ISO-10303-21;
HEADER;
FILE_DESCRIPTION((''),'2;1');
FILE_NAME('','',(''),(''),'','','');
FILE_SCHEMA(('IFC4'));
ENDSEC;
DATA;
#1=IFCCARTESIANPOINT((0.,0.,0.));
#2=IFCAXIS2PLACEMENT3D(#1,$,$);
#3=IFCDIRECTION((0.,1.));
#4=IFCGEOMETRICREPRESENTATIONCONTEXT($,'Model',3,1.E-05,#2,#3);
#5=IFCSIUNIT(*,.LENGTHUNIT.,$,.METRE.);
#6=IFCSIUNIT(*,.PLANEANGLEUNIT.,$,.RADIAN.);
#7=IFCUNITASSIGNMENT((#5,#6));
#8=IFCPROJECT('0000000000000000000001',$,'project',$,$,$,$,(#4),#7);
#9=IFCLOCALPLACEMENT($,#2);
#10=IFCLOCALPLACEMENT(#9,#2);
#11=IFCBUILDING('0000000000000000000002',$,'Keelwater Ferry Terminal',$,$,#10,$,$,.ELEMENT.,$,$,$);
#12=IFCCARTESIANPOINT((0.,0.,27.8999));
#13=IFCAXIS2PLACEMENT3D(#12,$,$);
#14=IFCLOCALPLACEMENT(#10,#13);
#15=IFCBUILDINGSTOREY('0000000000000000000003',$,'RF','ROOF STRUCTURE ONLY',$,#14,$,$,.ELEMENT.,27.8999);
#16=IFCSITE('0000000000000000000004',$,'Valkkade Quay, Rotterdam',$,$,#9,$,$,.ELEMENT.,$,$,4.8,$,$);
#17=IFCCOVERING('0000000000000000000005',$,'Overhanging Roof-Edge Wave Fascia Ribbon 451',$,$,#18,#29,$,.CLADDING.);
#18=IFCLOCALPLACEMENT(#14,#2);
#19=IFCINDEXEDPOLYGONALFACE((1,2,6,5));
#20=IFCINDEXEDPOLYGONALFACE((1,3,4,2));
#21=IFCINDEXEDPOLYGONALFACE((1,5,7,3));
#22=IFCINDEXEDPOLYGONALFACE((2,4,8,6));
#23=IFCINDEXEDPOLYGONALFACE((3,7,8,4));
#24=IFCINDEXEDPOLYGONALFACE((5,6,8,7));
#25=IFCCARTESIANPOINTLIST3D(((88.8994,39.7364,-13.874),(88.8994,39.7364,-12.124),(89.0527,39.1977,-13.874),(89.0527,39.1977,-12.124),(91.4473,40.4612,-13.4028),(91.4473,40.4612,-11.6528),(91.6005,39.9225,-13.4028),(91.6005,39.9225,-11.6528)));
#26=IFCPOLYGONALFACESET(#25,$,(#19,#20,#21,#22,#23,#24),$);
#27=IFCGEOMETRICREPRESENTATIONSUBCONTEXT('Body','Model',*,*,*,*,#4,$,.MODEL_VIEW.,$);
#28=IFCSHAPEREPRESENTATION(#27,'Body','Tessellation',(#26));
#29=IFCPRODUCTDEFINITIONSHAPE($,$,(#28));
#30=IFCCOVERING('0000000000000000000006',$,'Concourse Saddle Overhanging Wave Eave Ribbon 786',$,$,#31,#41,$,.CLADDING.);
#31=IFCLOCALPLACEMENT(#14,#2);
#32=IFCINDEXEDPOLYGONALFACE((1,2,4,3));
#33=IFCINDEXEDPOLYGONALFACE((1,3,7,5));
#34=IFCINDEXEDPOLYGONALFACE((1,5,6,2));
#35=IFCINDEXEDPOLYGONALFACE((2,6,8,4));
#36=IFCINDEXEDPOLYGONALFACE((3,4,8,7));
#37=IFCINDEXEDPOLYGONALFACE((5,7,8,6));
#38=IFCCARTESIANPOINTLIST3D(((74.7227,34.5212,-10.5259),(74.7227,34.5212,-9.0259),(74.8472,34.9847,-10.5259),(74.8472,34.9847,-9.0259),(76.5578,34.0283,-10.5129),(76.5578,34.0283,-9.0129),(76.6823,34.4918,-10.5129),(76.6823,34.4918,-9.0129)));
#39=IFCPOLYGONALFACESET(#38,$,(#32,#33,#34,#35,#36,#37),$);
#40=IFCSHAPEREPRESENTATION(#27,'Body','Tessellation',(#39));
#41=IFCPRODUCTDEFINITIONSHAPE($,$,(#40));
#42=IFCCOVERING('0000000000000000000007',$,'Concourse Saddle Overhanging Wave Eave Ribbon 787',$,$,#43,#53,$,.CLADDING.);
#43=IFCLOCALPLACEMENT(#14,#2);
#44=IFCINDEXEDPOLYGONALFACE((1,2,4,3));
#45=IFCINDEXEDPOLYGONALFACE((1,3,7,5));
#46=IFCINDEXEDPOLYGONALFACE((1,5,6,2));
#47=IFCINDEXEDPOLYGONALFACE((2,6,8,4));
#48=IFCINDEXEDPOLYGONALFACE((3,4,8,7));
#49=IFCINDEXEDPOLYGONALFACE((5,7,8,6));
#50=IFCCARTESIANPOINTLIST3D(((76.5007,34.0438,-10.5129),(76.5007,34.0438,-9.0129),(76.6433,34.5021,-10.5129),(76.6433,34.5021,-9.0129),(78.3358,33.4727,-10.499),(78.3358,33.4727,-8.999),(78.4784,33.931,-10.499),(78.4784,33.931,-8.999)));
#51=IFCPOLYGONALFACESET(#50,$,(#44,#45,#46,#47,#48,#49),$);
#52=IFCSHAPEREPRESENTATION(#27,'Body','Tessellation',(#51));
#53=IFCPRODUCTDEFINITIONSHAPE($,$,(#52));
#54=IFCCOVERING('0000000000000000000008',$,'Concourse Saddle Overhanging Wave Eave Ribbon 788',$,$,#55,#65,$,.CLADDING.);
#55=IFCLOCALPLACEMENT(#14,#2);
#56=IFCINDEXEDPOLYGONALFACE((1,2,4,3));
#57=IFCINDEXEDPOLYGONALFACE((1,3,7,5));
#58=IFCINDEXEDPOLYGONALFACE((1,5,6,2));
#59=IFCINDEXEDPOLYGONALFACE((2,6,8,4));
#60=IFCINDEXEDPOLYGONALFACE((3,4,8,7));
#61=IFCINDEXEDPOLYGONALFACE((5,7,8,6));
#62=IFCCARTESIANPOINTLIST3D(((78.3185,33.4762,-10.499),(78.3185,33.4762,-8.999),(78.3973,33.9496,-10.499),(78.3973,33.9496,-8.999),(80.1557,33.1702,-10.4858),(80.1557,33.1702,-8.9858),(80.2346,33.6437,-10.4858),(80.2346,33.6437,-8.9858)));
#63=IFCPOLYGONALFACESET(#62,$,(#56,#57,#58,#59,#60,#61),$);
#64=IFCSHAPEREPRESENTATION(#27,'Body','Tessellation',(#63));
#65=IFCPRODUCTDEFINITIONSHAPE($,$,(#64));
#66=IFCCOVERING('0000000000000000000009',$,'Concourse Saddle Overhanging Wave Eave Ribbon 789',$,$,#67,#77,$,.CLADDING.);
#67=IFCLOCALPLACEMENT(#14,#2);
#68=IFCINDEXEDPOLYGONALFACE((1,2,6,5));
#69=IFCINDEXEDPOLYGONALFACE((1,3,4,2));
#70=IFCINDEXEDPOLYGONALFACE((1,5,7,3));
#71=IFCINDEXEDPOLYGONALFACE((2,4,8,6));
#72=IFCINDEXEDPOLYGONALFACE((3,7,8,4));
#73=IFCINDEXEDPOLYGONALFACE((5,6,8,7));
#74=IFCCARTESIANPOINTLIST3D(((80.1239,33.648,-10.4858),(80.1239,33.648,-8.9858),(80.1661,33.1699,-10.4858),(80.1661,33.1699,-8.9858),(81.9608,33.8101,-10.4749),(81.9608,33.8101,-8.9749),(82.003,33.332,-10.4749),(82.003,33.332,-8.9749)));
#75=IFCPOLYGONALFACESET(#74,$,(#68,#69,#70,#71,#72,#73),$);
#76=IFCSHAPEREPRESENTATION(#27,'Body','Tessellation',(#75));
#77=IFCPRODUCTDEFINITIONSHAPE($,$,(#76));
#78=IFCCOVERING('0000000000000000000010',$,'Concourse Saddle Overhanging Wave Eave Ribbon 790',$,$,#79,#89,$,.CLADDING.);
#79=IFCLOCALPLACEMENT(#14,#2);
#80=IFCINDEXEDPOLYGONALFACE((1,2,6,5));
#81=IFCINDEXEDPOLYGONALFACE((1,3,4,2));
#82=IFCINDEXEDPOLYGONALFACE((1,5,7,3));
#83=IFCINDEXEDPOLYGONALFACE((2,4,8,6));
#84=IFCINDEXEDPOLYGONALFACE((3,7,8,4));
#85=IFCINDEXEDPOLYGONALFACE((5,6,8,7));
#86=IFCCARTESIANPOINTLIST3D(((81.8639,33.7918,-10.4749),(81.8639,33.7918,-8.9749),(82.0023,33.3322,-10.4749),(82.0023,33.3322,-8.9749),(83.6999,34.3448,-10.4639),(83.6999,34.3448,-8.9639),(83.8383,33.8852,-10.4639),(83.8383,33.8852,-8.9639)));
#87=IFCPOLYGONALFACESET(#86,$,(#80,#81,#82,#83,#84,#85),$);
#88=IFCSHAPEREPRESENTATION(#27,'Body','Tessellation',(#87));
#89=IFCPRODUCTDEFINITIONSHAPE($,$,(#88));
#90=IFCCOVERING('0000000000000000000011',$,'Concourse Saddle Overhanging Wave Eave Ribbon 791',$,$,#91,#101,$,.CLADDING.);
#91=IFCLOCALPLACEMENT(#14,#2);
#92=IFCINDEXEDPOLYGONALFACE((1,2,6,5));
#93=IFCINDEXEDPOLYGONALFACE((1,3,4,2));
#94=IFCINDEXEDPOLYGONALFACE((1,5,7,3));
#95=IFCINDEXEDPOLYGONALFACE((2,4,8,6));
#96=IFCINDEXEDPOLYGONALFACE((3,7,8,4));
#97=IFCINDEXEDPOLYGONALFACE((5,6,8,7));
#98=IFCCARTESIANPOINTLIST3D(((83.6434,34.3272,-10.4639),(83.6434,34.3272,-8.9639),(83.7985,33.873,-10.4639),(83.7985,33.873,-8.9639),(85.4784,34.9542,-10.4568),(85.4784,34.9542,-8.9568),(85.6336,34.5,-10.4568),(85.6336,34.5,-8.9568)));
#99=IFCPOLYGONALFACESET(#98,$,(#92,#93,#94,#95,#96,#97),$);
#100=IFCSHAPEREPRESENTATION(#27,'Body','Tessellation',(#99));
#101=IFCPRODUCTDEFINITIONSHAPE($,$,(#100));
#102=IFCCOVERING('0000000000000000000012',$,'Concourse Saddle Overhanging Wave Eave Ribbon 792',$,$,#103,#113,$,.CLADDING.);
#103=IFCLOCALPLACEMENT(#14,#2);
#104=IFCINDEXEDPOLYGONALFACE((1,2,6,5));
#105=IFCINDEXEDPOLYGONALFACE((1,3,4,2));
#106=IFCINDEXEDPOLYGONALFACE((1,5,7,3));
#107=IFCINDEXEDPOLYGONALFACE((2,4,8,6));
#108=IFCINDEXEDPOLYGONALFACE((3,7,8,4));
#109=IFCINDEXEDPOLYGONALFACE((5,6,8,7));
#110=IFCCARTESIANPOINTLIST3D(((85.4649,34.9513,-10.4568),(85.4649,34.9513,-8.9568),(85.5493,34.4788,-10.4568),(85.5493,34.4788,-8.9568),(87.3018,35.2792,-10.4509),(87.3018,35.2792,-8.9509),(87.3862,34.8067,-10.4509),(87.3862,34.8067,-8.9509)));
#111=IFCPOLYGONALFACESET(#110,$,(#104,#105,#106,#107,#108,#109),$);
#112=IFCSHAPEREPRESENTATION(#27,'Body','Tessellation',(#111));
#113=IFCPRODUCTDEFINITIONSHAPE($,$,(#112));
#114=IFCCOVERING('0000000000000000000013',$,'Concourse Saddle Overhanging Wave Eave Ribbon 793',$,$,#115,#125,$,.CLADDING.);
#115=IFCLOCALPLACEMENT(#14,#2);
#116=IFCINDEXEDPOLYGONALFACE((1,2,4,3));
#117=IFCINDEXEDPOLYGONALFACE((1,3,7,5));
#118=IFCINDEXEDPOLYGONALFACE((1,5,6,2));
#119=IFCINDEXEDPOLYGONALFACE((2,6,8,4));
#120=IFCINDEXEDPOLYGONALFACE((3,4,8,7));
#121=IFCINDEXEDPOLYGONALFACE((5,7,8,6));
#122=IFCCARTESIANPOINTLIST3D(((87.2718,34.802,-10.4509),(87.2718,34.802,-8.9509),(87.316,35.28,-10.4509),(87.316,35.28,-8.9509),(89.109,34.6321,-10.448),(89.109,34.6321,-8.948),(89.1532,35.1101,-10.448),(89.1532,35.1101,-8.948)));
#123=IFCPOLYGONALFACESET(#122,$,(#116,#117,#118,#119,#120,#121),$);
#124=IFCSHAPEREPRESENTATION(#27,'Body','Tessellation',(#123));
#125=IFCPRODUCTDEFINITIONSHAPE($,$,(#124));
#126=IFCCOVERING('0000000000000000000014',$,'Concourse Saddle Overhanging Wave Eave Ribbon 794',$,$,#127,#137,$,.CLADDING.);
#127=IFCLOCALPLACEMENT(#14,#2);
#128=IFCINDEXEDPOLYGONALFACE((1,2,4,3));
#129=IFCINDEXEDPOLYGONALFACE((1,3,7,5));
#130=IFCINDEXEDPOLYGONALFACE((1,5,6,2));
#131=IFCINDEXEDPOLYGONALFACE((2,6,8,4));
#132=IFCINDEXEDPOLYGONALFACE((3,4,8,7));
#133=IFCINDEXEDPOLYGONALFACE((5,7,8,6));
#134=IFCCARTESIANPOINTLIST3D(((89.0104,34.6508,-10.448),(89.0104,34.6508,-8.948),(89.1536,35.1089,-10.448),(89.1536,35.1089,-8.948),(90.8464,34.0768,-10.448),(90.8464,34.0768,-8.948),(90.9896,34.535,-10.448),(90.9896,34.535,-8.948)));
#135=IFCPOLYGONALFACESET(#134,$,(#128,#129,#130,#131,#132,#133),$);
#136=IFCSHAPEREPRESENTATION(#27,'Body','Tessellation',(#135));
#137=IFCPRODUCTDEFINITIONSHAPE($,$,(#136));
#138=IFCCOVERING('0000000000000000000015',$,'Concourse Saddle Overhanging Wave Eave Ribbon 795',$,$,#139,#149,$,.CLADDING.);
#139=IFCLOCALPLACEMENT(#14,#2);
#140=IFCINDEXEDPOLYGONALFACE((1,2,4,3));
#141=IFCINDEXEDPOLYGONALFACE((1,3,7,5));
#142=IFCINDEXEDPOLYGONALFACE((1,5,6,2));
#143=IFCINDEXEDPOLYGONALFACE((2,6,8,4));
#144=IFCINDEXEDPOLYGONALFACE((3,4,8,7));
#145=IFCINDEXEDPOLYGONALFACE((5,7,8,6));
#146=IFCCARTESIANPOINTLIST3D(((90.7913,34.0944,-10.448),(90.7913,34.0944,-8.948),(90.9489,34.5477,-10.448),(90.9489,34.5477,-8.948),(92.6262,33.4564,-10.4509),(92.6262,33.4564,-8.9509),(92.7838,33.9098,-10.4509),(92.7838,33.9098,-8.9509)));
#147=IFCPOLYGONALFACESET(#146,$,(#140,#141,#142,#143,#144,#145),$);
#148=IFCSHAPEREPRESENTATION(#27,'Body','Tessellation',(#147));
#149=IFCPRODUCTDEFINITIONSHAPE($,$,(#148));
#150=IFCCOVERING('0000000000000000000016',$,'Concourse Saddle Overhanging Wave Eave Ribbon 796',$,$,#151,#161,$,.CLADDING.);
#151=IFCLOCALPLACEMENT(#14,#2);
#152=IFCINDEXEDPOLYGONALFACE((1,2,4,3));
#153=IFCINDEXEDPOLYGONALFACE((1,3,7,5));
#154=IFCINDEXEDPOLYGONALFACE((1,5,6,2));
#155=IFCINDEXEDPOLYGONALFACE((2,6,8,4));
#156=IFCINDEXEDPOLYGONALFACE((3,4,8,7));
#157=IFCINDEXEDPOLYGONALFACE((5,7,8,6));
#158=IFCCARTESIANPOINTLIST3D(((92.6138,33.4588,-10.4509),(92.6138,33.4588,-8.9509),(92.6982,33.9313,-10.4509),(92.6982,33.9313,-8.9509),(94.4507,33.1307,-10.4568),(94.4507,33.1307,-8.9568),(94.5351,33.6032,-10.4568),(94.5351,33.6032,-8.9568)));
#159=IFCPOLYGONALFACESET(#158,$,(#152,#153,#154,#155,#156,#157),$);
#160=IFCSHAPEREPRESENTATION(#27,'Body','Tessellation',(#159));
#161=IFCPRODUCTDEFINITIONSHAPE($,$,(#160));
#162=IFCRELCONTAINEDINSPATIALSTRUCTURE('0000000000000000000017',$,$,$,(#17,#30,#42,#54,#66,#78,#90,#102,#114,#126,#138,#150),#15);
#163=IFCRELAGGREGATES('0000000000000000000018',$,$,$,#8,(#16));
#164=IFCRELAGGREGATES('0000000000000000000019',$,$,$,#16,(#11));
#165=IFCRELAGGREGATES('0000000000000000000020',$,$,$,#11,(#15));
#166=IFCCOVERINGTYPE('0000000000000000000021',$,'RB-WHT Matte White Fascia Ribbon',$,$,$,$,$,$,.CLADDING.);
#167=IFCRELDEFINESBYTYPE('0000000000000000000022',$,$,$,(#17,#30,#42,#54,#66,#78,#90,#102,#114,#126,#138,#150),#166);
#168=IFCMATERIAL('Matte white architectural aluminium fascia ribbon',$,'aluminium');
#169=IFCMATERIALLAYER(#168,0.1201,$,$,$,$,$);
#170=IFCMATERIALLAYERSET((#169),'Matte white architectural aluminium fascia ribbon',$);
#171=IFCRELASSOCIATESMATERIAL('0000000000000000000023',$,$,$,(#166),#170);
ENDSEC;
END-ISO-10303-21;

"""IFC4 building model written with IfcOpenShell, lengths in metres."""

from ifc_helpers import new_model, si_unit, direction, frame, origin, place, context, subcontext, project, spatial, polyline, outline, extrude, material, layer, layer_set, type_object, element, save


model = new_model("IFC4")

# Units and contexts
model_context = context("Model", 3, precision=1e-05, world=origin(), true_north=direction((0.0, 1.0)))
body_context = subcontext(model_context, "Body", "Model", "MODEL_VIEW")
ifc_project = project(units=[si_unit("LENGTHUNIT", "METRE"), si_unit("PLANEANGLEUNIT", "RADIAN")], contexts=[model_context])

# Site, building, storey
site_placement = place(None, origin())
site = spatial("IfcSite", under=ifc_project, at=site_placement, Name="Valkkade Quay, Rotterdam", CompositionType="ELEMENT", RefElevation=4.8)
building_placement = place(site_placement, origin())
building = spatial("IfcBuilding", under=site, at=building_placement, Name="Keelwater Ferry Terminal", CompositionType="ELEMENT")
storey_placement = place(building_placement, frame((0.0, 0.0, 27.8999)))
storey = spatial("IfcBuildingStorey", under=building, at=storey_placement, Name="RF", Description="ROOF STRUCTURE ONLY", CompositionType="ELEMENT", Elevation=27.8999)

# Coverings
ifc_material_1 = material(Name="Matte white architectural aluminium fascia ribbon", Category="aluminium")
ifc_layer_1 = layer(ifc_material_1, 0.1201)
ifc_layer_set_1 = layer_set([ifc_layer_1], Name="Matte white architectural aluminium fascia ribbon")
covering_type = type_object("IfcCoveringType", Name="RB-WHT Matte White Fascia Ribbon", PredefinedType="CLADDING", material=ifc_layer_set_1)
covering_1_placement = place(storey_placement, frame((88.9761, 39.467, -13.874), z_axis=(0.0, 0.0, 1.0), x_axis=(0.961833, 0.273638, 0.0)))
element("IfcCovering", 1, at=covering_1_placement, inside=storey, type_object=covering_type, Name="Overhanging Roof-Edge Wave Fascia Ribbon 451", PredefinedType="CLADDING", context=body_context, shape_type="SweptSolid", body=[
    extrude(outline(polyline([(0.0, 0.0), (2.6489, 0.4712), (2.6489, 2.2212), (0.0, 1.75), (0.0, 0.0)])), frame((0.0, 0.28, 0.0), z_axis=(0.0, -1.0, 0.0), x_axis=(1.0, 0.0, 0.0)), (0.0, 0.0, 1.0), 0.5601),
])
covering_2_placement = place(storey_placement, frame((74.7849, 34.7529, -10.5259), z_axis=(0.0, 0.0, 1.0), x_axis=(0.965771, -0.259397, 0.0)))
element("IfcCovering", 2, at=covering_2_placement, inside=storey, type_object=covering_type, Name="Concourse Saddle Overhanging Wave Eave Ribbon 786", PredefinedType="CLADDING", context=body_context, shape_type="SweptSolid", body=[
    extrude(outline(polyline([(0.0, 0.0), (1.9001, 0.0129), (1.9001, 1.5129), (0.0, 1.5), (0.0, 0.0)])), frame((0.0, 0.24, 0.0), z_axis=(0.0, -1.0, 0.0), x_axis=(1.0, 0.0, 0.0)), (0.0, 0.0, 1.0), 0.48),
])
covering_3_placement = place(storey_placement, frame((76.572, 34.2729, -10.5129), z_axis=(0.0, 0.0, 1.0), x_axis=(0.954832, -0.297146, 0.0)))
element("IfcCovering", 3, at=covering_3_placement, inside=storey, type_object=covering_type, Name="Concourse Saddle Overhanging Wave Eave Ribbon 787", PredefinedType="CLADDING", context=body_context, shape_type="SweptSolid", body=[
    extrude(outline(polyline([(0.0, 0.0), (1.9219, 0.0139), (1.9219, 1.5139), (0.0, 1.5), (0.0, 0.0)])), frame((0.0, 0.24, 0.0), z_axis=(0.0, -1.0, 0.0), x_axis=(1.0, 0.0, 0.0)), (0.0, 0.0, 1.0), 0.48),
])
covering_4_placement = place(storey_placement, frame((78.3579, 33.7129, -10.499), z_axis=(0.0, 0.0, 1.0), x_axis=(0.986419, -0.16425, 0.0)))
element("IfcCovering", 4, at=covering_4_placement, inside=storey, type_object=covering_type, Name="Concourse Saddle Overhanging Wave Eave Ribbon 788", PredefinedType="CLADDING", context=body_context, shape_type="SweptSolid", body=[
    extrude(outline(polyline([(0.0, 0.0), (1.8625, 0.0132), (1.8625, 1.5132), (0.0, 1.5), (0.0, 0.0)])), frame((0.0, 0.24, 0.0), z_axis=(0.0, -1.0, 0.0), x_axis=(1.0, 0.0, 0.0)), (0.0, 0.0, 1.0), 0.48),
])
covering_5_placement = place(storey_placement, frame((80.145, 33.4089, -10.4858), z_axis=(0.0, 0.0, 1.0), x_axis=(0.996128, 0.087909, 0.0)))
element("IfcCovering", 5, at=covering_5_placement, inside=storey, type_object=covering_type, Name="Concourse Saddle Overhanging Wave Eave Ribbon 789", PredefinedType="CLADDING", context=body_context, shape_type="SweptSolid", body=[
    extrude(outline(polyline([(0.0, 0.0), (1.844, 0.011), (1.844, 1.511), (0.0, 1.5), (0.0, 0.0)])), frame((0.0, 0.24, 0.0), z_axis=(0.0, -1.0, 0.0), x_axis=(1.0, 0.0, 0.0)), (0.0, 0.0, 1.0), 0.48),
])
covering_6_placement = place(storey_placement, frame((81.9331, 33.562, -10.4749), z_axis=(0.0, 0.0, 1.0), x_axis=(0.95751, 0.288399, 0.0)))
element("IfcCovering", 6, at=covering_6_placement, inside=storey, type_object=covering_type, Name="Concourse Saddle Overhanging Wave Eave Ribbon 790", PredefinedType="CLADDING", context=body_context, shape_type="SweptSolid", body=[
    extrude(outline(polyline([(0.0, 0.0), (1.9175, 0.011), (1.9175, 1.511), (0.0, 1.5), (0.0, 0.0)])), frame((0.0, 0.24, 0.0), z_axis=(0.0, -1.0, 0.0), x_axis=(1.0, 0.0, 0.0)), (0.0, 0.0, 1.0), 0.48),
])
covering_7_placement = place(storey_placement, frame((83.7209, 34.1001, -10.4639), z_axis=(0.0, 0.0, 1.0), x_axis=(0.94629, 0.32332, 0.0)))
element("IfcCovering", 7, at=covering_7_placement, inside=storey, type_object=covering_type, Name="Concourse Saddle Overhanging Wave Eave Ribbon 791", PredefinedType="CLADDING", context=body_context, shape_type="SweptSolid", body=[
    extrude(outline(polyline([(0.0, 0.0), (1.9392, 0.0071), (1.9392, 1.5071), (0.0, 1.5), (0.0, 0.0)])), frame((0.0, 0.24, 0.0), z_axis=(0.0, -1.0, 0.0), x_axis=(1.0, 0.0, 0.0)), (0.0, 0.0, 1.0), 0.48),
])
covering_8_placement = place(storey_placement, frame((85.5071, 34.7151, -10.4568), z_axis=(0.0, 0.0, 1.0), x_axis=(0.984441, 0.175718, 0.0)))
element("IfcCovering", 8, at=covering_8_placement, inside=storey, type_object=covering_type, Name="Concourse Saddle Overhanging Wave Eave Ribbon 792", PredefinedType="CLADDING", context=body_context, shape_type="SweptSolid", body=[
    extrude(outline(polyline([(0.0, 0.0), (1.866, 0.0059), (1.866, 1.5059), (0.0, 1.5), (0.0, 0.0)])), frame((0.0, 0.24, 0.0), z_axis=(0.0, -1.0, 0.0), x_axis=(1.0, 0.0, 0.0)), (0.0, 0.0, 1.0), 0.48),
])
covering_9_placement = place(storey_placement, frame((87.2939, 35.041, -10.4509), z_axis=(0.0, 0.0, 1.0), x_axis=(0.99575, -0.092099, 0.0)))
element("IfcCovering", 9, at=covering_9_placement, inside=storey, type_object=covering_type, Name="Concourse Saddle Overhanging Wave Eave Ribbon 793", PredefinedType="CLADDING", context=body_context, shape_type="SweptSolid", body=[
    extrude(outline(polyline([(0.0, 0.0), (1.845, 0.0029), (1.845, 1.5029), (0.0, 1.5), (0.0, 0.0)])), frame((0.0, 0.24, 0.0), z_axis=(0.0, -1.0, 0.0), x_axis=(1.0, 0.0, 0.0)), (0.0, 0.0, 1.0), 0.48),
])
covering_10_placement = place(storey_placement, frame((89.082, 34.8799, -10.448), z_axis=(0.0, 0.0, 1.0), x_axis=(0.954444, -0.298391, 0.0)))
element("IfcCovering", 10, at=covering_10_placement, inside=storey, type_object=covering_type, Name="Concourse Saddle Overhanging Wave Eave Ribbon 794", PredefinedType="CLADDING", context=body_context, shape_type="SweptSolid", body=[
    extrude(outline(polyline([(0.0, 0.0), (1.9236, 0.0), (1.9236, 1.5), (0.0, 1.5), (0.0, 0.0)])), frame((0.0, 0.24, 0.0), z_axis=(0.0, -1.0, 0.0), x_axis=(1.0, 0.0, 0.0)), (0.0, 0.0, 1.0), 0.48),
])
covering_11_placement = place(storey_placement, frame((90.8701, 34.321, -10.4509), z_axis=(0.0, 0.0, 1.0), x_axis=(0.944546, -0.328379, 0.0)))
element("IfcCovering", 11, at=covering_11_placement, inside=storey, type_object=covering_type, Name="Concourse Saddle Overhanging Wave Eave Ribbon 795", PredefinedType="CLADDING", context=body_context, shape_type="SweptSolid", body=[
    extrude(outline(polyline([(0.0, 0.0029), (1.9426, 0.0), (1.9426, 1.5), (0.0, 1.5029), (0.0, 0.0029)])), frame((0.0, 0.24, 0.0), z_axis=(0.0, -1.0, 0.0), x_axis=(1.0, 0.0, 0.0)), (0.0, 0.0, 1.0), 0.48),
])
covering_12_placement = place(storey_placement, frame((92.656, 33.6951, -10.4568), z_axis=(0.0, 0.0, 1.0), x_axis=(0.984418, -0.175845, 0.0)))
element("IfcCovering", 12, at=covering_12_placement, inside=storey, type_object=covering_type, Name="Concourse Saddle Overhanging Wave Eave Ribbon 796", PredefinedType="CLADDING", context=body_context, shape_type="SweptSolid", body=[
    extrude(outline(polyline([(0.0, 0.0059), (1.866, 0.0), (1.866, 1.5), (0.0, 1.5059), (0.0, 0.0059)])), frame((0.0, 0.24, 0.0), z_axis=(0.0, -1.0, 0.0), x_axis=(1.0, 0.0, 0.0)), (0.0, 0.0, 1.0), 0.48),
])

save(model, "model.ifc")
